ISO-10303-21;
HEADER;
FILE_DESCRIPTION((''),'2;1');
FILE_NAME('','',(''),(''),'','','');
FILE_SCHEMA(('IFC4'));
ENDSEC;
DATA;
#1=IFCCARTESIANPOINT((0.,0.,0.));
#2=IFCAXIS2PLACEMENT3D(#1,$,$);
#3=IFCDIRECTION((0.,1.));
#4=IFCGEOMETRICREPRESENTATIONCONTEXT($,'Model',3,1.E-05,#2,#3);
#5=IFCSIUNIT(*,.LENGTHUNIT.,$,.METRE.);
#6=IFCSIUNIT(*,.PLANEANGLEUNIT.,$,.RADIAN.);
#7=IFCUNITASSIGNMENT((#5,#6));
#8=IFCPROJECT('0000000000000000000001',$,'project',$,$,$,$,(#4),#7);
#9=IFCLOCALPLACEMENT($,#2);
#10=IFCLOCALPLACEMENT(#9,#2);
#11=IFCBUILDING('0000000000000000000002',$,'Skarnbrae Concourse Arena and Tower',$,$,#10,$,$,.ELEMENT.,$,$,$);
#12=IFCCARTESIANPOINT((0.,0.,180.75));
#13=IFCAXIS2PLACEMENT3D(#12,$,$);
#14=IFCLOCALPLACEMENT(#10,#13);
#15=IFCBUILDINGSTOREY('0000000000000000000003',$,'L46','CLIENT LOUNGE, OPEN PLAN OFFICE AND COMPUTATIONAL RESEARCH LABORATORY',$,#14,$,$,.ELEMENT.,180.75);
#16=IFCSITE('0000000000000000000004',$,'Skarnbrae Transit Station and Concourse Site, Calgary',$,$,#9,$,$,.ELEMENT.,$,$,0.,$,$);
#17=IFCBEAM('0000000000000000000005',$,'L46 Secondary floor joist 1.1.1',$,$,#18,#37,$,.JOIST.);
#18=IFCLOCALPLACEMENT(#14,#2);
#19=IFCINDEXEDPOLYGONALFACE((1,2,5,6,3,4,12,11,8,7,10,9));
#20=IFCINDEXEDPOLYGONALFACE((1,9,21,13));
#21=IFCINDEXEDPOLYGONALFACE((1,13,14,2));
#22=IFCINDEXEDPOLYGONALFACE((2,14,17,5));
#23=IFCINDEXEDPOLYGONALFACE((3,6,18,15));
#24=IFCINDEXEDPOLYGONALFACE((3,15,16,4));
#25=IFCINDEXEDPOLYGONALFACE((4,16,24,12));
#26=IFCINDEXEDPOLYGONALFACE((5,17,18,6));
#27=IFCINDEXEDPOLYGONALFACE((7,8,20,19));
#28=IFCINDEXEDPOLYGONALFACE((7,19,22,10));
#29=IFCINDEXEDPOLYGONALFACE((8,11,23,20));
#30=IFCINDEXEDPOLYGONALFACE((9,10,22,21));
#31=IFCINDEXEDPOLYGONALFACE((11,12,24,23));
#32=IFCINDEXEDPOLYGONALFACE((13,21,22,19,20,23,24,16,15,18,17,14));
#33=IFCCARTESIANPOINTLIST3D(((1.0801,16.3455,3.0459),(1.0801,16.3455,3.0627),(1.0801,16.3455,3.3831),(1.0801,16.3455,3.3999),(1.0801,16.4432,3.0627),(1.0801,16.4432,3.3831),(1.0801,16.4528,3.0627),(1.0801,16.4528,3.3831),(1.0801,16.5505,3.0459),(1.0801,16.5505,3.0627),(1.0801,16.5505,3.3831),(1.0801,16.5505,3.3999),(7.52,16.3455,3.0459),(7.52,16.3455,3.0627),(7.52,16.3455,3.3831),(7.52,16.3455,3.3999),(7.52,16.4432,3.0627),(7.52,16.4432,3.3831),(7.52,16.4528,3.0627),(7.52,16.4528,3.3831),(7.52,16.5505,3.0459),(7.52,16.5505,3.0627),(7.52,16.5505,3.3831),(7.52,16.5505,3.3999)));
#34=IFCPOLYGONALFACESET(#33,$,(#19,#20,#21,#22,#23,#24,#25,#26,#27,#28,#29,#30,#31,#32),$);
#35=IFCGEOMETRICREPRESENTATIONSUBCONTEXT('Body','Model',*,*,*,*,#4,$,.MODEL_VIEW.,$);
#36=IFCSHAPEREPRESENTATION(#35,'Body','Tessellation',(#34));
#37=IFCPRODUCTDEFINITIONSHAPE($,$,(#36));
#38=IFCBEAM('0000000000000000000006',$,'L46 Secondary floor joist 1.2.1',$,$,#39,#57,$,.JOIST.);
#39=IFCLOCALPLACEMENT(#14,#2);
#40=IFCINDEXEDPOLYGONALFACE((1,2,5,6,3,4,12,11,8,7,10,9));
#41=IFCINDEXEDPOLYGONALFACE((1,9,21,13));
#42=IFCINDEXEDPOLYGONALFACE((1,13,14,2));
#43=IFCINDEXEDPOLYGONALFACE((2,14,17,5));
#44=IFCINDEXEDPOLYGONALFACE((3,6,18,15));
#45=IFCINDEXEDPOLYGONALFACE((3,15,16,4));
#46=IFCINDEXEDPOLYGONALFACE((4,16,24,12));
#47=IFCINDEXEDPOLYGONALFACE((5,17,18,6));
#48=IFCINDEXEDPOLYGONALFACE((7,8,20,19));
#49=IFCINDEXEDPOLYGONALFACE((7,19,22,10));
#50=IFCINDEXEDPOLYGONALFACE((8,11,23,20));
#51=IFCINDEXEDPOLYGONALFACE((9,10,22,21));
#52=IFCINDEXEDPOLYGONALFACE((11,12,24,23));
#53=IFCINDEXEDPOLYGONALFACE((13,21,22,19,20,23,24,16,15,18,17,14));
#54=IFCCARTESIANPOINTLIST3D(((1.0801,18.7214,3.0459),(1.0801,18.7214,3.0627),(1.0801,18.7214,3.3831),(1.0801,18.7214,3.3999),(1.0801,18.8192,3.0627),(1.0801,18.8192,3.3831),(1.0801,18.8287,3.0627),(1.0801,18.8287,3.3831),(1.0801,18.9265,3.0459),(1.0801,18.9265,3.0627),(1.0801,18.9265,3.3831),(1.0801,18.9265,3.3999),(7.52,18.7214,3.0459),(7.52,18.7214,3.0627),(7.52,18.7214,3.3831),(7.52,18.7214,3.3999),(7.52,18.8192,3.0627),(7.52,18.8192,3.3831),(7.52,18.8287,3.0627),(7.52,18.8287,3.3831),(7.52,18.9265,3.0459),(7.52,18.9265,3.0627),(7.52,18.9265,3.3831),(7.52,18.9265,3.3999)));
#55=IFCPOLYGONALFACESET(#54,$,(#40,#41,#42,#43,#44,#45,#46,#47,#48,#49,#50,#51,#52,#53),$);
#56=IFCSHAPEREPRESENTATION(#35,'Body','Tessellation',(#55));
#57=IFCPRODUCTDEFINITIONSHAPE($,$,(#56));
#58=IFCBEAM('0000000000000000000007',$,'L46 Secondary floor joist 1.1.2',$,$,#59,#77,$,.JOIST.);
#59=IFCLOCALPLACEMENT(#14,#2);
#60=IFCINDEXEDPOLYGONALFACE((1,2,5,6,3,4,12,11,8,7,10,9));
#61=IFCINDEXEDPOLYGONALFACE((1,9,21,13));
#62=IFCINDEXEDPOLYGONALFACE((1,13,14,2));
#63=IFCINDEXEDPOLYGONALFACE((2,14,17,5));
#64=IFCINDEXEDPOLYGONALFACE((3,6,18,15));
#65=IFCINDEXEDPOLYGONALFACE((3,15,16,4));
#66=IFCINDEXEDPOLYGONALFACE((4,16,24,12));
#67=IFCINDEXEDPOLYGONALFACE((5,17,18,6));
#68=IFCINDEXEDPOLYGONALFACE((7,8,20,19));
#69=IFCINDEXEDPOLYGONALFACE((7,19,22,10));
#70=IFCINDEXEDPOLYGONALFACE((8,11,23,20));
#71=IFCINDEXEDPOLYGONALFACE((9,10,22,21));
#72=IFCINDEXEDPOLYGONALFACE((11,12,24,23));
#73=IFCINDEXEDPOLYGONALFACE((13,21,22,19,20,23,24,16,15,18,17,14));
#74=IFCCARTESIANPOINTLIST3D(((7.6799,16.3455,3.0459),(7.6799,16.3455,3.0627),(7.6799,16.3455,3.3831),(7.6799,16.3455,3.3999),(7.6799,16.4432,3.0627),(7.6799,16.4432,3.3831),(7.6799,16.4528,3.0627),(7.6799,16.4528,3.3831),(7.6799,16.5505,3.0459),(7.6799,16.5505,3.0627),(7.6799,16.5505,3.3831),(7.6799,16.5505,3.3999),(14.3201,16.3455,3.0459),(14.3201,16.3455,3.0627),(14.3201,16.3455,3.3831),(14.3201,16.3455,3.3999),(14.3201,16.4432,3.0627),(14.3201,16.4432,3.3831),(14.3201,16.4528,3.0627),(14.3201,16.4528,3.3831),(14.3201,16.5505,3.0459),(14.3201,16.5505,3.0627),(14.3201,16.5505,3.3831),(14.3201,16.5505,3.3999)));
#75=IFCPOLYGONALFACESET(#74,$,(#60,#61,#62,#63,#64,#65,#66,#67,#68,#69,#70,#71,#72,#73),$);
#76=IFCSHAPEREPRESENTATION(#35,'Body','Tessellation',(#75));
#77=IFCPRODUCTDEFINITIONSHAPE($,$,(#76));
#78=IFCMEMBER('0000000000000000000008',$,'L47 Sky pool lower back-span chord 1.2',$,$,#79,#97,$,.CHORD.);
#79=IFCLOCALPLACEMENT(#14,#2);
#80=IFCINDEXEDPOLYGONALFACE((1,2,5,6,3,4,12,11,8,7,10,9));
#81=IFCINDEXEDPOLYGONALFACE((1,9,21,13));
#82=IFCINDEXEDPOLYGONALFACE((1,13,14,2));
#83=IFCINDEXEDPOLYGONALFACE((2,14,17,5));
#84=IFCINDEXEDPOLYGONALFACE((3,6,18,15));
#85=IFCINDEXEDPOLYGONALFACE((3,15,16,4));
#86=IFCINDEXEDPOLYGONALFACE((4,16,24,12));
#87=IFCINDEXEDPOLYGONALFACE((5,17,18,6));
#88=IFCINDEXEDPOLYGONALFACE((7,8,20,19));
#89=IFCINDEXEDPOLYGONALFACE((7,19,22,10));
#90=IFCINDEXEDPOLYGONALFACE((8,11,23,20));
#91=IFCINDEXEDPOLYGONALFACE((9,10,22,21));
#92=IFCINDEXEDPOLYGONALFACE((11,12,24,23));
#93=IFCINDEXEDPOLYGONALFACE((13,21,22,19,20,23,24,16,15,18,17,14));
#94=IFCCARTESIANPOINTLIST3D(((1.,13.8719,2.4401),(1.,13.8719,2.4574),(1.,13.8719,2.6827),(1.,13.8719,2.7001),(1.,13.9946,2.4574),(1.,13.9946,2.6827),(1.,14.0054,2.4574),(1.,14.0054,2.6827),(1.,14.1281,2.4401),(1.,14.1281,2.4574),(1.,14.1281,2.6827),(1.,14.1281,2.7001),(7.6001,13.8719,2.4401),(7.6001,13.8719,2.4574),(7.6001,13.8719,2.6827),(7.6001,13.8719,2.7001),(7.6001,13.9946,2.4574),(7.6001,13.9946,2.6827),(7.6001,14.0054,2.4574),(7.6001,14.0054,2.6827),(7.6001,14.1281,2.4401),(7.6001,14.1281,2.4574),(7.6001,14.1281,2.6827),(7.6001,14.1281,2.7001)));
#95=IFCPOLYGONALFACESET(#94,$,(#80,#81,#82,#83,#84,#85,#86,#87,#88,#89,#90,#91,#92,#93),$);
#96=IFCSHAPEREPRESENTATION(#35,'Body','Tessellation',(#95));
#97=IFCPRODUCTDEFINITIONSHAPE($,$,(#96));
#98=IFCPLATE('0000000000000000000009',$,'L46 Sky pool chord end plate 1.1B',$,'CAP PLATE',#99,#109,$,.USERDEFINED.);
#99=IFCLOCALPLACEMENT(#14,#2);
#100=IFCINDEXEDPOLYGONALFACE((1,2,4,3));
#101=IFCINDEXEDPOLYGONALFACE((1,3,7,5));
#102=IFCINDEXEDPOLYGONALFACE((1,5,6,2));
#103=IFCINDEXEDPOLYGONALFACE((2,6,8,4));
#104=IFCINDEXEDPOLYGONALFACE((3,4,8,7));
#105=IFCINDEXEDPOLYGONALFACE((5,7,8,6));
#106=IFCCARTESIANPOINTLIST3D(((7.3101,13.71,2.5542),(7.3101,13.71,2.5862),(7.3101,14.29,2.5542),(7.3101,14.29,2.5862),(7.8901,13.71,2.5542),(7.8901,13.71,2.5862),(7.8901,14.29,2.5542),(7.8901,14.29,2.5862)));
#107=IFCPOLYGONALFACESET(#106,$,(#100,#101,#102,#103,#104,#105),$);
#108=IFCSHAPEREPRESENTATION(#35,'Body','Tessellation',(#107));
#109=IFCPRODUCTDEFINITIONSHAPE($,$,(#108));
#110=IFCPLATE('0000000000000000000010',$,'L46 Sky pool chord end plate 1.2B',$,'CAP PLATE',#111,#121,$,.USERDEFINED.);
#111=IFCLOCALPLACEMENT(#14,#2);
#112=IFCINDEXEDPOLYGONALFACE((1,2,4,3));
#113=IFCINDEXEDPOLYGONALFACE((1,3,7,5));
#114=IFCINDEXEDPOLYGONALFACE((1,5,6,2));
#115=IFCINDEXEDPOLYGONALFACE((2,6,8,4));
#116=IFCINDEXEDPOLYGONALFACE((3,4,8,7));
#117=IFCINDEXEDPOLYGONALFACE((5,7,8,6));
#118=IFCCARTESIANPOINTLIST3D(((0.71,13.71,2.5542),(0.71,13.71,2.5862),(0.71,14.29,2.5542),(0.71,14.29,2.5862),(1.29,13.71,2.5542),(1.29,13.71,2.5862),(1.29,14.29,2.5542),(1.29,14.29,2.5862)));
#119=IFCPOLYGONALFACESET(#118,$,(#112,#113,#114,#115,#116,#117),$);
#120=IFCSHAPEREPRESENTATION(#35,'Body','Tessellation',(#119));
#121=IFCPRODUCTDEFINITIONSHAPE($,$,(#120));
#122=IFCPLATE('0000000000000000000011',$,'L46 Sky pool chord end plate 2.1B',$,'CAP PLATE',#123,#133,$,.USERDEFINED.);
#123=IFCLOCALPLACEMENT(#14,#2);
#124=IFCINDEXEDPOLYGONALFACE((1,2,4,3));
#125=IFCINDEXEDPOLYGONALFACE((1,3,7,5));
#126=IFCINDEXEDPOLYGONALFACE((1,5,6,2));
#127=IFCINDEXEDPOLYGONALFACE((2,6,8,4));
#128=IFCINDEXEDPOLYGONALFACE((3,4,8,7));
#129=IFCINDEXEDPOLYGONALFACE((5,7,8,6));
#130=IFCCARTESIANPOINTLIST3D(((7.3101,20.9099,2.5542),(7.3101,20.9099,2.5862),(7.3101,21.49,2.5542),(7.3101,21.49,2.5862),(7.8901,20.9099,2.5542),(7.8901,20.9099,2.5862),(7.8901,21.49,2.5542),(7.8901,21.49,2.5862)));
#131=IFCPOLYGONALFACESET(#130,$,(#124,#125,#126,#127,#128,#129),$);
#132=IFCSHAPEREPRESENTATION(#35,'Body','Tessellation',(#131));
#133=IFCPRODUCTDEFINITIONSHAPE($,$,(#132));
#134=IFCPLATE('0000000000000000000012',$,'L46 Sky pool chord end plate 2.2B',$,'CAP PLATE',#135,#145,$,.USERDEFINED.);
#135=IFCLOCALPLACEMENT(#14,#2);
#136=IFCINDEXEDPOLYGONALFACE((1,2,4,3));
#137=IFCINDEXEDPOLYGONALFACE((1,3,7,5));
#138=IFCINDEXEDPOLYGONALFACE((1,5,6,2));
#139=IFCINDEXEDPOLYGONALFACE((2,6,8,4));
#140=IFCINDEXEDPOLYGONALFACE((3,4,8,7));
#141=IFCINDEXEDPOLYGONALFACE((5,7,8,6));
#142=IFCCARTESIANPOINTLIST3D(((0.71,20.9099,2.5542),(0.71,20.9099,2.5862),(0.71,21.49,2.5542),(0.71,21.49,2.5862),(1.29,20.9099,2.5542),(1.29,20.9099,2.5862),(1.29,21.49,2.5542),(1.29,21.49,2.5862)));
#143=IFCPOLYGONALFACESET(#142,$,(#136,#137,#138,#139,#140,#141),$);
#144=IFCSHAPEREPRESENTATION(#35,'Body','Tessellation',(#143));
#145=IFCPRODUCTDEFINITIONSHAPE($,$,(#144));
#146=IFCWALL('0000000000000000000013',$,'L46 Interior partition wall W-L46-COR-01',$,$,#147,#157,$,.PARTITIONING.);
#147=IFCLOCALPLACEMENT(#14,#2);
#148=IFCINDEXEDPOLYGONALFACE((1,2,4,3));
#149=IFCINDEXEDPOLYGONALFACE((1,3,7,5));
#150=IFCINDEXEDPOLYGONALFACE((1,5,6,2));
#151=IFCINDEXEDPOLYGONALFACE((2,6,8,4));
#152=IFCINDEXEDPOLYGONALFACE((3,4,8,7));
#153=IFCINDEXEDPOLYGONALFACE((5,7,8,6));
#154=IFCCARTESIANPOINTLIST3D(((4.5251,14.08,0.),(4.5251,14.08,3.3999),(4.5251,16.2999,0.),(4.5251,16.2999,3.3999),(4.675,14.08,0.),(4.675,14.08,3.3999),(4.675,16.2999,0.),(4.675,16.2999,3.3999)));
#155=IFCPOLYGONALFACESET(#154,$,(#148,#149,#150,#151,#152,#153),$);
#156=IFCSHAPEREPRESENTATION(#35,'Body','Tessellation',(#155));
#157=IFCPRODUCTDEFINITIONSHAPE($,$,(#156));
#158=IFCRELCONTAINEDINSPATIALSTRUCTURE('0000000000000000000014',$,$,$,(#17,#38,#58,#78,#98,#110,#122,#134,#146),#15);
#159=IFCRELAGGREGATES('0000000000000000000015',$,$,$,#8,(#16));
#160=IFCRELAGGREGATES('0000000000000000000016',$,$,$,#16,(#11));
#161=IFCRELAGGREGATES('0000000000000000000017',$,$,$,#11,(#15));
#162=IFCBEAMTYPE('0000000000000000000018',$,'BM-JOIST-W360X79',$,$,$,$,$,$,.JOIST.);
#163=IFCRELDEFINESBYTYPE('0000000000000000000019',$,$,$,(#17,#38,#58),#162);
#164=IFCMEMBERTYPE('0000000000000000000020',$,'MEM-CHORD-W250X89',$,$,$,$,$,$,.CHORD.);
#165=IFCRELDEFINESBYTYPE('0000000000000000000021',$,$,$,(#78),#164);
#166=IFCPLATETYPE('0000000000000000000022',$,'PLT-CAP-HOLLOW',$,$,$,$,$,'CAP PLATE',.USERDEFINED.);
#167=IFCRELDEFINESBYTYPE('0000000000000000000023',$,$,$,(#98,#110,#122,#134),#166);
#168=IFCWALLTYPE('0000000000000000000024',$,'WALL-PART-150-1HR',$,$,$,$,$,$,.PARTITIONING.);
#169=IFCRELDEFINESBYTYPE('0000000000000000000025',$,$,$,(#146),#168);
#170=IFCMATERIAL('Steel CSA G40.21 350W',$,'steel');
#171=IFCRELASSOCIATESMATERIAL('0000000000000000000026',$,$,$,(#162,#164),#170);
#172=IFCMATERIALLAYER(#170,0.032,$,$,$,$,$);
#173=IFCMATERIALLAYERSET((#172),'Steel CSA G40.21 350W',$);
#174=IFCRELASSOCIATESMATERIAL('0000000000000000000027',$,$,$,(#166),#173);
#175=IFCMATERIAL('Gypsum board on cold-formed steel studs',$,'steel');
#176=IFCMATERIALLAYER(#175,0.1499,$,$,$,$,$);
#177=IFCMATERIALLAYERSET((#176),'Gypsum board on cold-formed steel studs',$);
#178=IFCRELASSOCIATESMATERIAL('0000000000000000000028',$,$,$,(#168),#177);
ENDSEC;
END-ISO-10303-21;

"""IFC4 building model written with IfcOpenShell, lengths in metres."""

from ifc_helpers import new_model, si_unit, direction, frame, frame_2d, origin, origin_2d, place, context, subcontext, project, spatial, rectangle, i_section, extrude, source, transform, mapped, material, layer, layer_set, material_profile, profile_set, type_object, element, save


model = new_model("IFC4")

# Units and contexts
model_context = context("Model", 3, precision=1e-05, world=origin(), true_north=direction((0.0, 1.0)))
body_context = subcontext(model_context, "Body", "Model", "MODEL_VIEW")
ifc_project = project(units=[si_unit("LENGTHUNIT", "METRE"), si_unit("PLANEANGLEUNIT", "RADIAN")], contexts=[model_context])

# Site, building, storey
site_placement = place(None, origin())
site = spatial("IfcSite", under=ifc_project, at=site_placement, Name="Skarnbrae Transit Station and Concourse Site, Calgary", CompositionType="ELEMENT", RefElevation=0.0)
building_placement = place(site_placement, origin())
building = spatial("IfcBuilding", under=site, at=building_placement, Name="Skarnbrae Concourse Arena and Tower", CompositionType="ELEMENT")
storey_placement = place(building_placement, frame((0.0, 0.0, 180.75)))
storey = spatial("IfcBuildingStorey", under=building, at=storey_placement, Name="L46", Description="CLIENT LOUNGE, OPEN PLAN OFFICE AND COMPUTATIONAL RESEARCH LABORATORY", CompositionType="ELEMENT", Elevation=180.75)

# Shared definitions
ifc_material_1 = material(Name="Steel CSA G40.21 350W", Category="steel")

# Beams
ifc_material_profile_1 = material_profile(ifc_material_1, i_section(OverallWidth=0.2051, OverallDepth=0.354, WebThickness=0.0095, FlangeThickness=0.0168, at=origin_2d()), Name="W360X79")
ifc_profile_set_1 = profile_set([ifc_material_profile_1], Name="Steel CSA G40.21 350W")
beam_type_1 = type_object("IfcBeamType", Name="BM-JOIST-W360X79", PredefinedType="JOIST", material=ifc_profile_set_1)
shared_shape_1 = source(origin(), body_context, "Body", "SweptSolid", [
    extrude(i_section(OverallWidth=0.2051, OverallDepth=0.354, WebThickness=0.0095, FlangeThickness=0.0168, at=origin_2d()), origin(), (0.0, 0.0, 1.0), 6.4399),
])
for number, where, z_axis, x_axis, name in (
    (1, (1.0801, 16.448, 3.2229), (1.0, 0.0, 0.0), (0.0, 1.0, 0.0), "L46 Secondary floor joist 1.1.1"),
    (2, (1.0801, 18.824, 3.2229), (1.0, 0.0, 0.0), (0.0, 1.0, 0.0), "L46 Secondary floor joist 1.2.1"),
):
    element("IfcBeam", number, at=place(storey_placement, frame(where, z_axis=z_axis, x_axis=x_axis)), inside=storey, type_object=beam_type_1, Name=name, PredefinedType="JOIST", context=body_context, shape_type="MappedRepresentation", body=[
        mapped(shared_shape_1, transform((0.0, 0.0, 0.0))),
    ])
shared_shape_2 = source(origin(), body_context, "Body", "SweptSolid", [
    extrude(i_section(OverallWidth=0.2051, OverallDepth=0.354, WebThickness=0.0095, FlangeThickness=0.0168, at=origin_2d()), origin(), (0.0, 0.0, 1.0), 6.6401),
])
beam_1_placement = place(storey_placement, frame((7.6799, 16.448, 3.2229), z_axis=(1.0, 0.0, 0.0), x_axis=(0.0, 1.0, 0.0)))
element("IfcBeam", 3, at=beam_1_placement, inside=storey, type_object=beam_type_1, Name="L46 Secondary floor joist 1.1.2", PredefinedType="JOIST", context=body_context, shape_type="MappedRepresentation", body=[
    mapped(shared_shape_2, transform((0.0, 0.0, 0.0))),
])

# Member
ifc_material_profile_2 = material_profile(ifc_material_1, i_section(OverallWidth=0.2561, OverallDepth=0.26, WebThickness=0.0107, FlangeThickness=0.0173, at=origin_2d()), Name="W250X89")
ifc_profile_set_2 = profile_set([ifc_material_profile_2], Name="Steel CSA G40.21 350W")
member_type = type_object("IfcMemberType", Name="MEM-CHORD-W250X89", PredefinedType="CHORD", material=ifc_profile_set_2)
shared_shape_3 = source(origin(), body_context, "Body", "SweptSolid", [
    extrude(i_section(OverallWidth=0.2561, OverallDepth=0.26, WebThickness=0.0107, FlangeThickness=0.0173, at=origin_2d()), origin(), (0.0, 0.0, 1.0), 6.6001),
])
member_placement = place(storey_placement, frame((7.6001, 14.0, 2.5701), z_axis=(-1.0, 0.0, 0.0), x_axis=(0.0, -1.0, 0.0)))
element("IfcMember", 4, at=member_placement, inside=storey, type_object=member_type, Name="L47 Sky pool lower back-span chord 1.2", PredefinedType="CHORD", context=body_context, shape_type="MappedRepresentation", body=[
    mapped(shared_shape_3, transform((0.0, 0.0, 0.0))),
])

# Plates
ifc_layer_1 = layer(ifc_material_1, 0.032)
ifc_layer_set_1 = layer_set([ifc_layer_1], Name="Steel CSA G40.21 350W")
plate_type = type_object("IfcPlateType", Name="PLT-CAP-HOLLOW", ElementType="CAP PLATE", PredefinedType="USERDEFINED", material=ifc_layer_set_1)
shared_shape_4 = source(origin(), body_context, "Body", "SweptSolid", [
    extrude(rectangle(XDim=0.5801, YDim=0.5801, at=origin_2d()), origin(), (0.0, 0.0, 1.0), 0.032),
])
for number, where, z_axis, x_axis, name in (
    (5, (7.6001, 14.0, 2.5542), (0.0, 0.0, 1.0), (1.0, 0.0, 0.0), "L46 Sky pool chord end plate 1.1B"),
    (6, (1.0, 14.0, 2.5542), (0.0, 0.0, 1.0), (1.0, 0.0, 0.0), "L46 Sky pool chord end plate 1.2B"),
    (7, (7.6001, 21.2, 2.5542), (0.0, 0.0, 1.0), (1.0, 0.0, 0.0), "L46 Sky pool chord end plate 2.1B"),
    (8, (1.0, 21.2, 2.5542), (0.0, 0.0, 1.0), (1.0, 0.0, 0.0), "L46 Sky pool chord end plate 2.2B"),
):
    element("IfcPlate", number, at=place(storey_placement, frame(where, z_axis=z_axis, x_axis=x_axis)), inside=storey, type_object=plate_type, Name=name, ObjectType="CAP PLATE", PredefinedType="USERDEFINED", context=body_context, shape_type="MappedRepresentation", body=[
        mapped(shared_shape_4, transform((0.0, 0.0, 0.0))),
    ])

# Wall
ifc_material_2 = material(Name="Gypsum board on cold-formed steel studs", Category="steel")
ifc_layer_2 = layer(ifc_material_2, 0.1499)
ifc_layer_set_2 = layer_set([ifc_layer_2], Name="Gypsum board on cold-formed steel studs")
wall_type_1 = type_object("IfcWallType", Name="WALL-PART-150-1HR", PredefinedType="PARTITIONING", material=ifc_layer_set_2)
shared_shape_5 = source(origin(), body_context, "Body", "SweptSolid", [
    extrude(rectangle(XDim=2.22, YDim=0.1499, at=frame_2d((1.1099, 0.0))), origin(), (0.0, 0.0, 1.0), 3.3999),
])
wall_1_placement = place(storey_placement, frame((4.6001, 14.0801, 0.0), z_axis=(0.0, 0.0, 1.0), x_axis=(0.0, 1.0, 0.0)))
element("IfcWall", 9, at=wall_1_placement, inside=storey, type_object=wall_type_1, Name="L46 Interior partition wall W-L46-COR-01", PredefinedType="PARTITIONING", context=body_context, shape_type="MappedRepresentation", body=[
    mapped(shared_shape_5, transform((0.0, 0.0, 0.0))),
])

save(model, "model.ifc")
